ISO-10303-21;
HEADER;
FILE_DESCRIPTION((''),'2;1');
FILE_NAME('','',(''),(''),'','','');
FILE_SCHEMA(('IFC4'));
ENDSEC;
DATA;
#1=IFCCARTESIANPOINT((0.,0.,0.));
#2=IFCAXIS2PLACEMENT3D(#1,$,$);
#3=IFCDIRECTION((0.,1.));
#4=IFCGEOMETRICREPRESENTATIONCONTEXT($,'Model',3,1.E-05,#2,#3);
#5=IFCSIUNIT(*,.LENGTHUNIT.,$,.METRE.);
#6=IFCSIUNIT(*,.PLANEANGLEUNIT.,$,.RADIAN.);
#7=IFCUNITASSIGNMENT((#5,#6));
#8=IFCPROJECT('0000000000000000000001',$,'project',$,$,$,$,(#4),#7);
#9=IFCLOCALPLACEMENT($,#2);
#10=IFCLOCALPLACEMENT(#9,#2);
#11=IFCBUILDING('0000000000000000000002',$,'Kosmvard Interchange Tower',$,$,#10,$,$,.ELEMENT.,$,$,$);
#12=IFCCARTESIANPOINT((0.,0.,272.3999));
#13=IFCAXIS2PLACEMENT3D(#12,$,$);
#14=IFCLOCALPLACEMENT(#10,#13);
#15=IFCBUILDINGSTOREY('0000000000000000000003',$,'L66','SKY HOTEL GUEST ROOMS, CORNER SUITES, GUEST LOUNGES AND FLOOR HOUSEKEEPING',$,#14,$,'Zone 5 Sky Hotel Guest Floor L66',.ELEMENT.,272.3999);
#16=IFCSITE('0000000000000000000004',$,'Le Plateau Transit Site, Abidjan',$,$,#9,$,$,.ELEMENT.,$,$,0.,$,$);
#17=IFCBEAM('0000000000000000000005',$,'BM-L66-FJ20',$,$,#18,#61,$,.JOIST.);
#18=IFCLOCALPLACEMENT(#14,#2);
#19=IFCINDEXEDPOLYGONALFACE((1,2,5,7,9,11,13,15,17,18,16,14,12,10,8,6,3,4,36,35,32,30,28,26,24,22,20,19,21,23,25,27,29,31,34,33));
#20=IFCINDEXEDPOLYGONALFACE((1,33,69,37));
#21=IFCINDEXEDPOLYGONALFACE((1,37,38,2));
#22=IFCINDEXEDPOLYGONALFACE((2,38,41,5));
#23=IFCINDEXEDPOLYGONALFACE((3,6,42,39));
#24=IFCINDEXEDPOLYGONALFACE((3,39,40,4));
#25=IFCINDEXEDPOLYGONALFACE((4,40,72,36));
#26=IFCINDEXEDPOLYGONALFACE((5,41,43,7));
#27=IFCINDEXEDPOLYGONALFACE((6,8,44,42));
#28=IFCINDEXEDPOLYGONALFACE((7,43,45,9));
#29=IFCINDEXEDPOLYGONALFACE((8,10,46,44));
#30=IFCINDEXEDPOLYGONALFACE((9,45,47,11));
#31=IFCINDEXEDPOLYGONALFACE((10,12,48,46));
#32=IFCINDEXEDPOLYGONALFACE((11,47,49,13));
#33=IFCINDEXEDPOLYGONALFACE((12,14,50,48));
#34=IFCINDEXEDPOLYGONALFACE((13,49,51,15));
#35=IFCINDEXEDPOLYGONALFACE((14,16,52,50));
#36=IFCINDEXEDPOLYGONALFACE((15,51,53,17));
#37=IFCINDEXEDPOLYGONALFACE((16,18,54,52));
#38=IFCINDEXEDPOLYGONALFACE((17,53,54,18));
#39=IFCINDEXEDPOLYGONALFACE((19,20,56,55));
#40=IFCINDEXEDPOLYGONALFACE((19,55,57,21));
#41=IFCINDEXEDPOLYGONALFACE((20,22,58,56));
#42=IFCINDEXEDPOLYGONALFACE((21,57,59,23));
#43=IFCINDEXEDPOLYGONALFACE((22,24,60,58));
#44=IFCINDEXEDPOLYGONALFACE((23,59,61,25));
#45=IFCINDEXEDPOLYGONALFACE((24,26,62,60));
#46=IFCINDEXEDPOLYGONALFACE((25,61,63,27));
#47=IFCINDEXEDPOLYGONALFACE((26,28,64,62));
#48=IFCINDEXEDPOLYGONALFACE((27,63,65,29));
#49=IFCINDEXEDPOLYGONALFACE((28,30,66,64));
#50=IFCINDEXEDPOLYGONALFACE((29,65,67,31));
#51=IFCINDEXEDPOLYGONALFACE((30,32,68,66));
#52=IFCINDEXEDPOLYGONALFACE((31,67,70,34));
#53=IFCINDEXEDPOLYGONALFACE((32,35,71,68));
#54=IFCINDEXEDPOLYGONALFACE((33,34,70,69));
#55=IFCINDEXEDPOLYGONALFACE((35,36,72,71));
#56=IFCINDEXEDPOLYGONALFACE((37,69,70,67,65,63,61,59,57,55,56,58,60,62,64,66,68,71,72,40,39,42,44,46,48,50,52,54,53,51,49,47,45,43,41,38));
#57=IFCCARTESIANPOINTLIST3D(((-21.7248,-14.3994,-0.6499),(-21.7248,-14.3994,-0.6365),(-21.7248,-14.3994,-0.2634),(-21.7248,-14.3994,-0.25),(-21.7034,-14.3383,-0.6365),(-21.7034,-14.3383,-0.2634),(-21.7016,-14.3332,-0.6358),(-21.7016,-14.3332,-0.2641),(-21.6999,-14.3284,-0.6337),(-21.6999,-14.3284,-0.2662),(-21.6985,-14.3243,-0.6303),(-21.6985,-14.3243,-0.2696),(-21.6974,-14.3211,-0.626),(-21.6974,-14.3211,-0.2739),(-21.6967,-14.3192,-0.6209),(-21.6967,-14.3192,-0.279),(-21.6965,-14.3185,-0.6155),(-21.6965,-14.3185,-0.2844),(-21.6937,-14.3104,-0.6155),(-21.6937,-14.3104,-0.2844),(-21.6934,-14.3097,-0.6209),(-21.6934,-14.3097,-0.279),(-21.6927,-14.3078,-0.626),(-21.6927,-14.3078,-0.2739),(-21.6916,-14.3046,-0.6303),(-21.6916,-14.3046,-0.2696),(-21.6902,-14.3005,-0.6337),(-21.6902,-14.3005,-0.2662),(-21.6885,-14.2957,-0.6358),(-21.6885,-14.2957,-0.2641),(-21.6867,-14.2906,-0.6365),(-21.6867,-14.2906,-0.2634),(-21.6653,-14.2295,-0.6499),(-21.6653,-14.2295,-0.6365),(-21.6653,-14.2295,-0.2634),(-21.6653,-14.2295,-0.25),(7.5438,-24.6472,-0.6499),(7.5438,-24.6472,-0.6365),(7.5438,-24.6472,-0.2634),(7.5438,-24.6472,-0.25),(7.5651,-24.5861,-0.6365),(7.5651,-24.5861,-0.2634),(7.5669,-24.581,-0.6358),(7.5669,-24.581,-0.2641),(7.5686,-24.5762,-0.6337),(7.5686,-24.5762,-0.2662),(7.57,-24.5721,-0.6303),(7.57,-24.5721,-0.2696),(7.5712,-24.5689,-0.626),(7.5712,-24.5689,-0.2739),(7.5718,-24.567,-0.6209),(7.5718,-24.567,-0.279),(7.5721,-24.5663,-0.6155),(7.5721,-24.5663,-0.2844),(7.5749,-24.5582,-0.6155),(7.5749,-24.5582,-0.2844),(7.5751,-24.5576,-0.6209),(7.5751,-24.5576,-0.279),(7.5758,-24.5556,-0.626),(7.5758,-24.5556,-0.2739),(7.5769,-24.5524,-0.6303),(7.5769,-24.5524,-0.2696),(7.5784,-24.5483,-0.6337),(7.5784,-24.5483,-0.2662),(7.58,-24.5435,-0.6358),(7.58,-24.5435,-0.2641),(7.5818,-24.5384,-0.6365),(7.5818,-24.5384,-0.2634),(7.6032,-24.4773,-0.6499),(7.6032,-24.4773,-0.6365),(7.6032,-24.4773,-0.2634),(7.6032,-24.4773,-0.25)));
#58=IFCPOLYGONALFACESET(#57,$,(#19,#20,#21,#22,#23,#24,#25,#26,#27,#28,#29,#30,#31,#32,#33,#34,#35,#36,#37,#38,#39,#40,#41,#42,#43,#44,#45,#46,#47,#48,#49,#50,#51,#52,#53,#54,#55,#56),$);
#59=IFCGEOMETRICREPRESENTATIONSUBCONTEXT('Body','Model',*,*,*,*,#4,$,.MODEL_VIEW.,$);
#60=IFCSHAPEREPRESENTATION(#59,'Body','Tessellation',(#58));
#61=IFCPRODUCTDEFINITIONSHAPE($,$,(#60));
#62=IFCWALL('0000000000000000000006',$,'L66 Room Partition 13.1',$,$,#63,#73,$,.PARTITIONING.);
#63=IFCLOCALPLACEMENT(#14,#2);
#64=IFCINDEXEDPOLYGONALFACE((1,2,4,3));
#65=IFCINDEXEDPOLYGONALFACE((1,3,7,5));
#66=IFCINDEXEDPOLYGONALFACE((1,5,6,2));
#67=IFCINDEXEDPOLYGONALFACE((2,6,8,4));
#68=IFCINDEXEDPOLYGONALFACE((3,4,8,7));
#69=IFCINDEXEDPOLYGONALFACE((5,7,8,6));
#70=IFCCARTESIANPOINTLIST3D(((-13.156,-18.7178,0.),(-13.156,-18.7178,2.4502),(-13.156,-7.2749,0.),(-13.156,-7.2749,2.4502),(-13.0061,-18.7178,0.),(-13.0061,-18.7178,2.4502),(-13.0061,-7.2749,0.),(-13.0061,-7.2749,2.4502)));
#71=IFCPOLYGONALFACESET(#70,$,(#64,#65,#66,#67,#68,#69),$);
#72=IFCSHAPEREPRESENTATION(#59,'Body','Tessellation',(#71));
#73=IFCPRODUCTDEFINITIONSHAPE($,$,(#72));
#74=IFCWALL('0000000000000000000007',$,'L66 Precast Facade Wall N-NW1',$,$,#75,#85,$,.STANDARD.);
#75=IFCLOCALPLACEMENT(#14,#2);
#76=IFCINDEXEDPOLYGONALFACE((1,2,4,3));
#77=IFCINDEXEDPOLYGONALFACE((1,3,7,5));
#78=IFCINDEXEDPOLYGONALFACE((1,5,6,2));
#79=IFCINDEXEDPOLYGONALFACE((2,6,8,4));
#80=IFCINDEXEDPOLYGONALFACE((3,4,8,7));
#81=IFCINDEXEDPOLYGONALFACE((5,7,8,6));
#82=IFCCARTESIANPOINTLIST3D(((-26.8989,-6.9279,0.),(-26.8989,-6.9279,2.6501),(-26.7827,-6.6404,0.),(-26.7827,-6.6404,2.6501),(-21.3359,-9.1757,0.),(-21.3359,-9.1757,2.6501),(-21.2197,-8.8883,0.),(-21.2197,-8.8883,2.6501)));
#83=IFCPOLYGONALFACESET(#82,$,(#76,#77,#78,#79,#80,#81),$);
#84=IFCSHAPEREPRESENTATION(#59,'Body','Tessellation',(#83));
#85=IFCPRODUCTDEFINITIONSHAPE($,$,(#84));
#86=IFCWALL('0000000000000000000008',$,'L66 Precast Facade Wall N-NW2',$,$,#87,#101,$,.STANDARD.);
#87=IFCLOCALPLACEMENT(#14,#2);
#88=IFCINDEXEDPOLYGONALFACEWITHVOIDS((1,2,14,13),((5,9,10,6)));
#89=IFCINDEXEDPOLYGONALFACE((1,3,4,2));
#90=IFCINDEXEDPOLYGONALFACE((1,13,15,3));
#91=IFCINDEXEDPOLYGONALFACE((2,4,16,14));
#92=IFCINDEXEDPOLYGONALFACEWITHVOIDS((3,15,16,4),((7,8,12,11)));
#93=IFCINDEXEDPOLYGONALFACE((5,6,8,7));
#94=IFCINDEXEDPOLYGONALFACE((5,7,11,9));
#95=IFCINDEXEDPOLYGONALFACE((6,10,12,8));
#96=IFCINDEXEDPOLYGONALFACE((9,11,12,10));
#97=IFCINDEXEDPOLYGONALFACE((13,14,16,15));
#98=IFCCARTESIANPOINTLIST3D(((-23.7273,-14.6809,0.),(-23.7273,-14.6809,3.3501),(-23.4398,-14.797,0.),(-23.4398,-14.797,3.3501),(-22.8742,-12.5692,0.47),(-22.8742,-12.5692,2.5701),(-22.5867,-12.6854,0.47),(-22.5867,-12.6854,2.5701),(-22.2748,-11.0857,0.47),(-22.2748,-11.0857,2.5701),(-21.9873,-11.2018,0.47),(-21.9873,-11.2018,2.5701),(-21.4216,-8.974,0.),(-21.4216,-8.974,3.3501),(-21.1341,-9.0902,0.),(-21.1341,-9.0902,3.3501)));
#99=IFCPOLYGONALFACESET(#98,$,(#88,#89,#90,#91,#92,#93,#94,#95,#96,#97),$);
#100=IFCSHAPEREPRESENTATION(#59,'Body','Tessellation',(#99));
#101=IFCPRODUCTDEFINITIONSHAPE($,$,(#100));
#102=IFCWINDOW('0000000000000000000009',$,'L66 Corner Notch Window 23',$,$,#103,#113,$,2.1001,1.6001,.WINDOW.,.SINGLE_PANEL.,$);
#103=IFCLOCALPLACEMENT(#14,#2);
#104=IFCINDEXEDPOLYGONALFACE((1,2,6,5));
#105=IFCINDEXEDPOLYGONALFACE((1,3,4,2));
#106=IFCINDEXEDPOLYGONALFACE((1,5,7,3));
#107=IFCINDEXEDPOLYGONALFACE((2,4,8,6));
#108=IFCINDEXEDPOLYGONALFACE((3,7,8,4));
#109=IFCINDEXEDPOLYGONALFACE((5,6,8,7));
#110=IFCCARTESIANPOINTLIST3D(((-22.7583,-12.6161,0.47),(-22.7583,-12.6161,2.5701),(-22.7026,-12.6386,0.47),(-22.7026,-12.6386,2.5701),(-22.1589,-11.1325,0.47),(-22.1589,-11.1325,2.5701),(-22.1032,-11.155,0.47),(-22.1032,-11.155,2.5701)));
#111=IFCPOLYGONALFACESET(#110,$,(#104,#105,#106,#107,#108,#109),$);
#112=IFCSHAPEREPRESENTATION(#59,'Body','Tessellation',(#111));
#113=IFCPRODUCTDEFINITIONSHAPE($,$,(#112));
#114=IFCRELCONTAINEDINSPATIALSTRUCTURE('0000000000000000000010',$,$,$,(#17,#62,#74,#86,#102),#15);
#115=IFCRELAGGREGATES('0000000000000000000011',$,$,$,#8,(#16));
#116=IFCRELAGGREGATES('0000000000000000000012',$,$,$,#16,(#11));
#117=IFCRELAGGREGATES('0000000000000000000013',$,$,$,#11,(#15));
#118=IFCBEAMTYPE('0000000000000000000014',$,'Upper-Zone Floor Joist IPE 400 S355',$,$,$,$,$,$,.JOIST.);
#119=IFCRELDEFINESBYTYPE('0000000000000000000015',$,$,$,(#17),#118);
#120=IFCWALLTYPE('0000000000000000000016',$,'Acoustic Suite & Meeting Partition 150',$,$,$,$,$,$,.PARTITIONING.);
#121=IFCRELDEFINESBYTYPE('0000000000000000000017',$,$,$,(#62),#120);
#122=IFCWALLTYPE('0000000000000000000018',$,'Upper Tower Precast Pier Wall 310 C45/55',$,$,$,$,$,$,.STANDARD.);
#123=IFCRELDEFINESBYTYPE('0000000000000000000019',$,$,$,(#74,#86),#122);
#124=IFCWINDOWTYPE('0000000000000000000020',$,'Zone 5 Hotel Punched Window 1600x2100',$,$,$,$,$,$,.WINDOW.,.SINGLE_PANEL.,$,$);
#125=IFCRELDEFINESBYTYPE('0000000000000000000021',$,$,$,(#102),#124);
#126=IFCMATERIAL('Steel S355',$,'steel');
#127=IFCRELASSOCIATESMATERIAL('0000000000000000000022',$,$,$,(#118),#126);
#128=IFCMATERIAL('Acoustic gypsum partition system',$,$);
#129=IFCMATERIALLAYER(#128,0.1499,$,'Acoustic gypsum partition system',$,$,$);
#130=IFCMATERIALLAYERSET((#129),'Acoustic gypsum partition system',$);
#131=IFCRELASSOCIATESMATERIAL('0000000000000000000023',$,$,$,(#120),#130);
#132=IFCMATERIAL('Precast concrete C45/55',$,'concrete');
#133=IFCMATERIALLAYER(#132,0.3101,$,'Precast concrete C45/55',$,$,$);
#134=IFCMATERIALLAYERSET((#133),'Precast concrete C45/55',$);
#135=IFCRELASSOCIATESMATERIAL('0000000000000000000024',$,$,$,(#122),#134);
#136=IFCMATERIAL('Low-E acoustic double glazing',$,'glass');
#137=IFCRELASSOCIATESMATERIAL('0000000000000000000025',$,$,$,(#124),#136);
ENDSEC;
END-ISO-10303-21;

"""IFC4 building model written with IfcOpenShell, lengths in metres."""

from ifc_helpers import new_model, si_unit, direction, frame, frame_2d, origin, origin_2d, place, context, subcontext, project, spatial, rectangle, i_section, extrude, source, transform, mapped, material, layer, layer_set, material_profile, profile_set, type_object, element, fill, save


model = new_model("IFC4")

# Units and contexts
model_context = context("Model", 3, precision=1e-05, world=origin(), true_north=direction((0.0, 1.0)))
body_context = subcontext(model_context, "Body", "Model", "MODEL_VIEW")
ifc_project = project(units=[si_unit("LENGTHUNIT", "METRE"), si_unit("PLANEANGLEUNIT", "RADIAN")], contexts=[model_context])

# Site, building, storey
site_placement = place(None, origin())
site = spatial("IfcSite", under=ifc_project, at=site_placement, Name="Le Plateau Transit Site, Abidjan", CompositionType="ELEMENT", RefElevation=0.0)
building_placement = place(site_placement, origin())
building = spatial("IfcBuilding", under=site, at=building_placement, Name="Kosmvard Interchange Tower", CompositionType="ELEMENT")
storey_placement = place(building_placement, frame((0.0, 0.0, 272.3999)))
storey = spatial("IfcBuildingStorey", under=building, at=storey_placement, Name="L66", Description="SKY HOTEL GUEST ROOMS, CORNER SUITES, GUEST LOUNGES AND FLOOR HOUSEKEEPING", LongName="Zone 5 Sky Hotel Guest Floor L66", CompositionType="ELEMENT", Elevation=272.3999)

# Beam
ifc_material_1 = material(Name="Steel S355", Category="steel")
ifc_material_2 = material(Name="Precast concrete C45/55", Category="concrete")
ifc_material_profile_1 = material_profile(ifc_material_1, i_section(OverallWidth=0.1799, OverallDepth=0.3999, WebThickness=0.0085, FlangeThickness=0.0134, FilletRadius=0.021, at=origin_2d()), Name="IPE 400")
ifc_profile_set_1 = profile_set([ifc_material_profile_1], Name="Steel S355")
beam_type_1 = type_object("IfcBeamType", Name="Upper-Zone Floor Joist IPE 400 S355", PredefinedType="JOIST", material=ifc_profile_set_1)
shared_shape_1 = source(origin(), body_context, "Body", "SweptSolid", [
    extrude(i_section(OverallWidth=0.1799, OverallDepth=0.3999, WebThickness=0.0085, FlangeThickness=0.0134, FilletRadius=0.021, at=origin_2d()), origin(), (0.0, 0.0, 1.0), 31.0107),
])
beam_1_placement = place(storey_placement, frame((-21.6951, -14.3145, -0.45), z_axis=(0.94382, -0.33046, 0.0), x_axis=(0.33046, 0.94382, 0.0)))
element("IfcBeam", 1, at=beam_1_placement, inside=storey, type_object=beam_type_1, Name="BM-L66-FJ20", PredefinedType="JOIST", context=body_context, shape_type="MappedRepresentation", body=[
    mapped(shared_shape_1, transform((0.0, 0.0, 0.0), scale=1.0)),
])

# Walls
ifc_material_3 = material(Name="Acoustic gypsum partition system")
ifc_layer_1 = layer(ifc_material_3, 0.1499, Name="Acoustic gypsum partition system")
ifc_layer_set_1 = layer_set([ifc_layer_1], Name="Acoustic gypsum partition system")
wall_type_1 = type_object("IfcWallType", Name="Acoustic Suite & Meeting Partition 150", PredefinedType="PARTITIONING", material=ifc_layer_set_1)
wall_1_placement = place(storey_placement, frame((-13.0811, -7.2749, 0.0), z_axis=(0.0, 0.0, 1.0), x_axis=(0.0, -1.0, 0.0)))
element("IfcWall", 2, at=wall_1_placement, inside=storey, type_object=wall_type_1, Name="L66 Room Partition 13.1", PredefinedType="PARTITIONING", context=body_context, shape_type="SweptSolid", body=[
    extrude(rectangle(XDim=11.4429, YDim=0.1499, at=frame_2d((5.7214, 0.0))), origin(), (0.0, 0.0, 1.0), 2.4502),
])
ifc_layer_2 = layer(ifc_material_2, 0.3101, Name="Precast concrete C45/55")
ifc_layer_set_2 = layer_set([ifc_layer_2], Name="Precast concrete C45/55")
wall_type_2 = type_object("IfcWallType", Name="Upper Tower Precast Pier Wall 310 C45/55", PredefinedType="STANDARD", material=ifc_layer_set_2)
wall_2_placement = place(storey_placement, frame((-26.8408, -6.7842, 0.0), z_axis=(0.0, 0.0, 1.0), x_axis=(0.927172, -0.374637, 0.0)))
element("IfcWall", 3, at=wall_2_placement, inside=storey, type_object=wall_type_2, Name="L66 Precast Facade Wall N-NW1", PredefinedType="STANDARD", context=body_context, shape_type="SweptSolid", body=[
    extrude(rectangle(XDim=6.0, YDim=0.3101, at=frame_2d((3.0, 0.0))), origin(), (0.0, 0.0, 1.0), 2.6501),
])

# Wall, opening, window
wall_3_placement = place(storey_placement, frame((-21.2778, -9.032, 0.0), z_axis=(0.0, 0.0, 1.0), x_axis=(-0.374603, -0.927185, 0.0)))
wall_3 = element("IfcWall", 4, at=wall_3_placement, inside=storey, type_object=wall_type_2, Name="L66 Precast Facade Wall N-NW2", PredefinedType="STANDARD", context=body_context, shape_type="SweptSolid", body=[
    extrude(rectangle(XDim=6.155, YDim=0.3101, at=frame_2d((3.0776, 0.0))), origin(), (0.0, 0.0, 1.0), 3.3501),
])
opening_1_placement = place(wall_3_placement, frame((2.2776, 0.0, 0.47)))
opening_1 = element("IfcOpeningElement", 5, at=opening_1_placement, cuts=wall_3, PredefinedType="OPENING", context=body_context, shape_type="SweptSolid", body=[
    extrude(rectangle(XDim=1.6001, YDim=2.1001, at=frame_2d((0.8, 1.05))), frame((0.0, 0.165, 0.0), z_axis=(0.0, -1.0, 0.0), x_axis=(1.0, 0.0, 0.0)), (0.0, 0.0, 1.0), 0.3301),
])
ifc_material_4 = material(Name="Low-E acoustic double glazing", Category="glass")
window_type = type_object("IfcWindowType", Name="Zone 5 Hotel Punched Window 1600x2100", PartitioningType="SINGLE_PANEL", PredefinedType="WINDOW", material=ifc_material_4)
shared_shape_2 = source(origin(), body_context, "Body", "SweptSolid", [
    extrude(rectangle(XDim=1.6001, YDim=2.1001, at=frame_2d((0.8, 1.05))), frame((0.0, 0.03, 0.0), z_axis=(0.0, -1.0, 0.0), x_axis=(1.0, 0.0, 0.0)), (0.0, 0.0, 1.0), 0.0601),
])
window_1_placement = place(opening_1_placement, origin())
window_1 = element("IfcWindow", 6, at=window_1_placement, inside=storey, type_object=window_type, Name="L66 Corner Notch Window 23", OverallHeight=2.1001, OverallWidth=1.6001, PartitioningType="SINGLE_PANEL", PredefinedType="WINDOW", context=body_context, shape_type="MappedRepresentation", body=[
    mapped(shared_shape_2, transform((0.0, 0.0, 0.0), scale=1.0)),
])
fill(opening_1, window_1)

save(model, "model.ifc")
